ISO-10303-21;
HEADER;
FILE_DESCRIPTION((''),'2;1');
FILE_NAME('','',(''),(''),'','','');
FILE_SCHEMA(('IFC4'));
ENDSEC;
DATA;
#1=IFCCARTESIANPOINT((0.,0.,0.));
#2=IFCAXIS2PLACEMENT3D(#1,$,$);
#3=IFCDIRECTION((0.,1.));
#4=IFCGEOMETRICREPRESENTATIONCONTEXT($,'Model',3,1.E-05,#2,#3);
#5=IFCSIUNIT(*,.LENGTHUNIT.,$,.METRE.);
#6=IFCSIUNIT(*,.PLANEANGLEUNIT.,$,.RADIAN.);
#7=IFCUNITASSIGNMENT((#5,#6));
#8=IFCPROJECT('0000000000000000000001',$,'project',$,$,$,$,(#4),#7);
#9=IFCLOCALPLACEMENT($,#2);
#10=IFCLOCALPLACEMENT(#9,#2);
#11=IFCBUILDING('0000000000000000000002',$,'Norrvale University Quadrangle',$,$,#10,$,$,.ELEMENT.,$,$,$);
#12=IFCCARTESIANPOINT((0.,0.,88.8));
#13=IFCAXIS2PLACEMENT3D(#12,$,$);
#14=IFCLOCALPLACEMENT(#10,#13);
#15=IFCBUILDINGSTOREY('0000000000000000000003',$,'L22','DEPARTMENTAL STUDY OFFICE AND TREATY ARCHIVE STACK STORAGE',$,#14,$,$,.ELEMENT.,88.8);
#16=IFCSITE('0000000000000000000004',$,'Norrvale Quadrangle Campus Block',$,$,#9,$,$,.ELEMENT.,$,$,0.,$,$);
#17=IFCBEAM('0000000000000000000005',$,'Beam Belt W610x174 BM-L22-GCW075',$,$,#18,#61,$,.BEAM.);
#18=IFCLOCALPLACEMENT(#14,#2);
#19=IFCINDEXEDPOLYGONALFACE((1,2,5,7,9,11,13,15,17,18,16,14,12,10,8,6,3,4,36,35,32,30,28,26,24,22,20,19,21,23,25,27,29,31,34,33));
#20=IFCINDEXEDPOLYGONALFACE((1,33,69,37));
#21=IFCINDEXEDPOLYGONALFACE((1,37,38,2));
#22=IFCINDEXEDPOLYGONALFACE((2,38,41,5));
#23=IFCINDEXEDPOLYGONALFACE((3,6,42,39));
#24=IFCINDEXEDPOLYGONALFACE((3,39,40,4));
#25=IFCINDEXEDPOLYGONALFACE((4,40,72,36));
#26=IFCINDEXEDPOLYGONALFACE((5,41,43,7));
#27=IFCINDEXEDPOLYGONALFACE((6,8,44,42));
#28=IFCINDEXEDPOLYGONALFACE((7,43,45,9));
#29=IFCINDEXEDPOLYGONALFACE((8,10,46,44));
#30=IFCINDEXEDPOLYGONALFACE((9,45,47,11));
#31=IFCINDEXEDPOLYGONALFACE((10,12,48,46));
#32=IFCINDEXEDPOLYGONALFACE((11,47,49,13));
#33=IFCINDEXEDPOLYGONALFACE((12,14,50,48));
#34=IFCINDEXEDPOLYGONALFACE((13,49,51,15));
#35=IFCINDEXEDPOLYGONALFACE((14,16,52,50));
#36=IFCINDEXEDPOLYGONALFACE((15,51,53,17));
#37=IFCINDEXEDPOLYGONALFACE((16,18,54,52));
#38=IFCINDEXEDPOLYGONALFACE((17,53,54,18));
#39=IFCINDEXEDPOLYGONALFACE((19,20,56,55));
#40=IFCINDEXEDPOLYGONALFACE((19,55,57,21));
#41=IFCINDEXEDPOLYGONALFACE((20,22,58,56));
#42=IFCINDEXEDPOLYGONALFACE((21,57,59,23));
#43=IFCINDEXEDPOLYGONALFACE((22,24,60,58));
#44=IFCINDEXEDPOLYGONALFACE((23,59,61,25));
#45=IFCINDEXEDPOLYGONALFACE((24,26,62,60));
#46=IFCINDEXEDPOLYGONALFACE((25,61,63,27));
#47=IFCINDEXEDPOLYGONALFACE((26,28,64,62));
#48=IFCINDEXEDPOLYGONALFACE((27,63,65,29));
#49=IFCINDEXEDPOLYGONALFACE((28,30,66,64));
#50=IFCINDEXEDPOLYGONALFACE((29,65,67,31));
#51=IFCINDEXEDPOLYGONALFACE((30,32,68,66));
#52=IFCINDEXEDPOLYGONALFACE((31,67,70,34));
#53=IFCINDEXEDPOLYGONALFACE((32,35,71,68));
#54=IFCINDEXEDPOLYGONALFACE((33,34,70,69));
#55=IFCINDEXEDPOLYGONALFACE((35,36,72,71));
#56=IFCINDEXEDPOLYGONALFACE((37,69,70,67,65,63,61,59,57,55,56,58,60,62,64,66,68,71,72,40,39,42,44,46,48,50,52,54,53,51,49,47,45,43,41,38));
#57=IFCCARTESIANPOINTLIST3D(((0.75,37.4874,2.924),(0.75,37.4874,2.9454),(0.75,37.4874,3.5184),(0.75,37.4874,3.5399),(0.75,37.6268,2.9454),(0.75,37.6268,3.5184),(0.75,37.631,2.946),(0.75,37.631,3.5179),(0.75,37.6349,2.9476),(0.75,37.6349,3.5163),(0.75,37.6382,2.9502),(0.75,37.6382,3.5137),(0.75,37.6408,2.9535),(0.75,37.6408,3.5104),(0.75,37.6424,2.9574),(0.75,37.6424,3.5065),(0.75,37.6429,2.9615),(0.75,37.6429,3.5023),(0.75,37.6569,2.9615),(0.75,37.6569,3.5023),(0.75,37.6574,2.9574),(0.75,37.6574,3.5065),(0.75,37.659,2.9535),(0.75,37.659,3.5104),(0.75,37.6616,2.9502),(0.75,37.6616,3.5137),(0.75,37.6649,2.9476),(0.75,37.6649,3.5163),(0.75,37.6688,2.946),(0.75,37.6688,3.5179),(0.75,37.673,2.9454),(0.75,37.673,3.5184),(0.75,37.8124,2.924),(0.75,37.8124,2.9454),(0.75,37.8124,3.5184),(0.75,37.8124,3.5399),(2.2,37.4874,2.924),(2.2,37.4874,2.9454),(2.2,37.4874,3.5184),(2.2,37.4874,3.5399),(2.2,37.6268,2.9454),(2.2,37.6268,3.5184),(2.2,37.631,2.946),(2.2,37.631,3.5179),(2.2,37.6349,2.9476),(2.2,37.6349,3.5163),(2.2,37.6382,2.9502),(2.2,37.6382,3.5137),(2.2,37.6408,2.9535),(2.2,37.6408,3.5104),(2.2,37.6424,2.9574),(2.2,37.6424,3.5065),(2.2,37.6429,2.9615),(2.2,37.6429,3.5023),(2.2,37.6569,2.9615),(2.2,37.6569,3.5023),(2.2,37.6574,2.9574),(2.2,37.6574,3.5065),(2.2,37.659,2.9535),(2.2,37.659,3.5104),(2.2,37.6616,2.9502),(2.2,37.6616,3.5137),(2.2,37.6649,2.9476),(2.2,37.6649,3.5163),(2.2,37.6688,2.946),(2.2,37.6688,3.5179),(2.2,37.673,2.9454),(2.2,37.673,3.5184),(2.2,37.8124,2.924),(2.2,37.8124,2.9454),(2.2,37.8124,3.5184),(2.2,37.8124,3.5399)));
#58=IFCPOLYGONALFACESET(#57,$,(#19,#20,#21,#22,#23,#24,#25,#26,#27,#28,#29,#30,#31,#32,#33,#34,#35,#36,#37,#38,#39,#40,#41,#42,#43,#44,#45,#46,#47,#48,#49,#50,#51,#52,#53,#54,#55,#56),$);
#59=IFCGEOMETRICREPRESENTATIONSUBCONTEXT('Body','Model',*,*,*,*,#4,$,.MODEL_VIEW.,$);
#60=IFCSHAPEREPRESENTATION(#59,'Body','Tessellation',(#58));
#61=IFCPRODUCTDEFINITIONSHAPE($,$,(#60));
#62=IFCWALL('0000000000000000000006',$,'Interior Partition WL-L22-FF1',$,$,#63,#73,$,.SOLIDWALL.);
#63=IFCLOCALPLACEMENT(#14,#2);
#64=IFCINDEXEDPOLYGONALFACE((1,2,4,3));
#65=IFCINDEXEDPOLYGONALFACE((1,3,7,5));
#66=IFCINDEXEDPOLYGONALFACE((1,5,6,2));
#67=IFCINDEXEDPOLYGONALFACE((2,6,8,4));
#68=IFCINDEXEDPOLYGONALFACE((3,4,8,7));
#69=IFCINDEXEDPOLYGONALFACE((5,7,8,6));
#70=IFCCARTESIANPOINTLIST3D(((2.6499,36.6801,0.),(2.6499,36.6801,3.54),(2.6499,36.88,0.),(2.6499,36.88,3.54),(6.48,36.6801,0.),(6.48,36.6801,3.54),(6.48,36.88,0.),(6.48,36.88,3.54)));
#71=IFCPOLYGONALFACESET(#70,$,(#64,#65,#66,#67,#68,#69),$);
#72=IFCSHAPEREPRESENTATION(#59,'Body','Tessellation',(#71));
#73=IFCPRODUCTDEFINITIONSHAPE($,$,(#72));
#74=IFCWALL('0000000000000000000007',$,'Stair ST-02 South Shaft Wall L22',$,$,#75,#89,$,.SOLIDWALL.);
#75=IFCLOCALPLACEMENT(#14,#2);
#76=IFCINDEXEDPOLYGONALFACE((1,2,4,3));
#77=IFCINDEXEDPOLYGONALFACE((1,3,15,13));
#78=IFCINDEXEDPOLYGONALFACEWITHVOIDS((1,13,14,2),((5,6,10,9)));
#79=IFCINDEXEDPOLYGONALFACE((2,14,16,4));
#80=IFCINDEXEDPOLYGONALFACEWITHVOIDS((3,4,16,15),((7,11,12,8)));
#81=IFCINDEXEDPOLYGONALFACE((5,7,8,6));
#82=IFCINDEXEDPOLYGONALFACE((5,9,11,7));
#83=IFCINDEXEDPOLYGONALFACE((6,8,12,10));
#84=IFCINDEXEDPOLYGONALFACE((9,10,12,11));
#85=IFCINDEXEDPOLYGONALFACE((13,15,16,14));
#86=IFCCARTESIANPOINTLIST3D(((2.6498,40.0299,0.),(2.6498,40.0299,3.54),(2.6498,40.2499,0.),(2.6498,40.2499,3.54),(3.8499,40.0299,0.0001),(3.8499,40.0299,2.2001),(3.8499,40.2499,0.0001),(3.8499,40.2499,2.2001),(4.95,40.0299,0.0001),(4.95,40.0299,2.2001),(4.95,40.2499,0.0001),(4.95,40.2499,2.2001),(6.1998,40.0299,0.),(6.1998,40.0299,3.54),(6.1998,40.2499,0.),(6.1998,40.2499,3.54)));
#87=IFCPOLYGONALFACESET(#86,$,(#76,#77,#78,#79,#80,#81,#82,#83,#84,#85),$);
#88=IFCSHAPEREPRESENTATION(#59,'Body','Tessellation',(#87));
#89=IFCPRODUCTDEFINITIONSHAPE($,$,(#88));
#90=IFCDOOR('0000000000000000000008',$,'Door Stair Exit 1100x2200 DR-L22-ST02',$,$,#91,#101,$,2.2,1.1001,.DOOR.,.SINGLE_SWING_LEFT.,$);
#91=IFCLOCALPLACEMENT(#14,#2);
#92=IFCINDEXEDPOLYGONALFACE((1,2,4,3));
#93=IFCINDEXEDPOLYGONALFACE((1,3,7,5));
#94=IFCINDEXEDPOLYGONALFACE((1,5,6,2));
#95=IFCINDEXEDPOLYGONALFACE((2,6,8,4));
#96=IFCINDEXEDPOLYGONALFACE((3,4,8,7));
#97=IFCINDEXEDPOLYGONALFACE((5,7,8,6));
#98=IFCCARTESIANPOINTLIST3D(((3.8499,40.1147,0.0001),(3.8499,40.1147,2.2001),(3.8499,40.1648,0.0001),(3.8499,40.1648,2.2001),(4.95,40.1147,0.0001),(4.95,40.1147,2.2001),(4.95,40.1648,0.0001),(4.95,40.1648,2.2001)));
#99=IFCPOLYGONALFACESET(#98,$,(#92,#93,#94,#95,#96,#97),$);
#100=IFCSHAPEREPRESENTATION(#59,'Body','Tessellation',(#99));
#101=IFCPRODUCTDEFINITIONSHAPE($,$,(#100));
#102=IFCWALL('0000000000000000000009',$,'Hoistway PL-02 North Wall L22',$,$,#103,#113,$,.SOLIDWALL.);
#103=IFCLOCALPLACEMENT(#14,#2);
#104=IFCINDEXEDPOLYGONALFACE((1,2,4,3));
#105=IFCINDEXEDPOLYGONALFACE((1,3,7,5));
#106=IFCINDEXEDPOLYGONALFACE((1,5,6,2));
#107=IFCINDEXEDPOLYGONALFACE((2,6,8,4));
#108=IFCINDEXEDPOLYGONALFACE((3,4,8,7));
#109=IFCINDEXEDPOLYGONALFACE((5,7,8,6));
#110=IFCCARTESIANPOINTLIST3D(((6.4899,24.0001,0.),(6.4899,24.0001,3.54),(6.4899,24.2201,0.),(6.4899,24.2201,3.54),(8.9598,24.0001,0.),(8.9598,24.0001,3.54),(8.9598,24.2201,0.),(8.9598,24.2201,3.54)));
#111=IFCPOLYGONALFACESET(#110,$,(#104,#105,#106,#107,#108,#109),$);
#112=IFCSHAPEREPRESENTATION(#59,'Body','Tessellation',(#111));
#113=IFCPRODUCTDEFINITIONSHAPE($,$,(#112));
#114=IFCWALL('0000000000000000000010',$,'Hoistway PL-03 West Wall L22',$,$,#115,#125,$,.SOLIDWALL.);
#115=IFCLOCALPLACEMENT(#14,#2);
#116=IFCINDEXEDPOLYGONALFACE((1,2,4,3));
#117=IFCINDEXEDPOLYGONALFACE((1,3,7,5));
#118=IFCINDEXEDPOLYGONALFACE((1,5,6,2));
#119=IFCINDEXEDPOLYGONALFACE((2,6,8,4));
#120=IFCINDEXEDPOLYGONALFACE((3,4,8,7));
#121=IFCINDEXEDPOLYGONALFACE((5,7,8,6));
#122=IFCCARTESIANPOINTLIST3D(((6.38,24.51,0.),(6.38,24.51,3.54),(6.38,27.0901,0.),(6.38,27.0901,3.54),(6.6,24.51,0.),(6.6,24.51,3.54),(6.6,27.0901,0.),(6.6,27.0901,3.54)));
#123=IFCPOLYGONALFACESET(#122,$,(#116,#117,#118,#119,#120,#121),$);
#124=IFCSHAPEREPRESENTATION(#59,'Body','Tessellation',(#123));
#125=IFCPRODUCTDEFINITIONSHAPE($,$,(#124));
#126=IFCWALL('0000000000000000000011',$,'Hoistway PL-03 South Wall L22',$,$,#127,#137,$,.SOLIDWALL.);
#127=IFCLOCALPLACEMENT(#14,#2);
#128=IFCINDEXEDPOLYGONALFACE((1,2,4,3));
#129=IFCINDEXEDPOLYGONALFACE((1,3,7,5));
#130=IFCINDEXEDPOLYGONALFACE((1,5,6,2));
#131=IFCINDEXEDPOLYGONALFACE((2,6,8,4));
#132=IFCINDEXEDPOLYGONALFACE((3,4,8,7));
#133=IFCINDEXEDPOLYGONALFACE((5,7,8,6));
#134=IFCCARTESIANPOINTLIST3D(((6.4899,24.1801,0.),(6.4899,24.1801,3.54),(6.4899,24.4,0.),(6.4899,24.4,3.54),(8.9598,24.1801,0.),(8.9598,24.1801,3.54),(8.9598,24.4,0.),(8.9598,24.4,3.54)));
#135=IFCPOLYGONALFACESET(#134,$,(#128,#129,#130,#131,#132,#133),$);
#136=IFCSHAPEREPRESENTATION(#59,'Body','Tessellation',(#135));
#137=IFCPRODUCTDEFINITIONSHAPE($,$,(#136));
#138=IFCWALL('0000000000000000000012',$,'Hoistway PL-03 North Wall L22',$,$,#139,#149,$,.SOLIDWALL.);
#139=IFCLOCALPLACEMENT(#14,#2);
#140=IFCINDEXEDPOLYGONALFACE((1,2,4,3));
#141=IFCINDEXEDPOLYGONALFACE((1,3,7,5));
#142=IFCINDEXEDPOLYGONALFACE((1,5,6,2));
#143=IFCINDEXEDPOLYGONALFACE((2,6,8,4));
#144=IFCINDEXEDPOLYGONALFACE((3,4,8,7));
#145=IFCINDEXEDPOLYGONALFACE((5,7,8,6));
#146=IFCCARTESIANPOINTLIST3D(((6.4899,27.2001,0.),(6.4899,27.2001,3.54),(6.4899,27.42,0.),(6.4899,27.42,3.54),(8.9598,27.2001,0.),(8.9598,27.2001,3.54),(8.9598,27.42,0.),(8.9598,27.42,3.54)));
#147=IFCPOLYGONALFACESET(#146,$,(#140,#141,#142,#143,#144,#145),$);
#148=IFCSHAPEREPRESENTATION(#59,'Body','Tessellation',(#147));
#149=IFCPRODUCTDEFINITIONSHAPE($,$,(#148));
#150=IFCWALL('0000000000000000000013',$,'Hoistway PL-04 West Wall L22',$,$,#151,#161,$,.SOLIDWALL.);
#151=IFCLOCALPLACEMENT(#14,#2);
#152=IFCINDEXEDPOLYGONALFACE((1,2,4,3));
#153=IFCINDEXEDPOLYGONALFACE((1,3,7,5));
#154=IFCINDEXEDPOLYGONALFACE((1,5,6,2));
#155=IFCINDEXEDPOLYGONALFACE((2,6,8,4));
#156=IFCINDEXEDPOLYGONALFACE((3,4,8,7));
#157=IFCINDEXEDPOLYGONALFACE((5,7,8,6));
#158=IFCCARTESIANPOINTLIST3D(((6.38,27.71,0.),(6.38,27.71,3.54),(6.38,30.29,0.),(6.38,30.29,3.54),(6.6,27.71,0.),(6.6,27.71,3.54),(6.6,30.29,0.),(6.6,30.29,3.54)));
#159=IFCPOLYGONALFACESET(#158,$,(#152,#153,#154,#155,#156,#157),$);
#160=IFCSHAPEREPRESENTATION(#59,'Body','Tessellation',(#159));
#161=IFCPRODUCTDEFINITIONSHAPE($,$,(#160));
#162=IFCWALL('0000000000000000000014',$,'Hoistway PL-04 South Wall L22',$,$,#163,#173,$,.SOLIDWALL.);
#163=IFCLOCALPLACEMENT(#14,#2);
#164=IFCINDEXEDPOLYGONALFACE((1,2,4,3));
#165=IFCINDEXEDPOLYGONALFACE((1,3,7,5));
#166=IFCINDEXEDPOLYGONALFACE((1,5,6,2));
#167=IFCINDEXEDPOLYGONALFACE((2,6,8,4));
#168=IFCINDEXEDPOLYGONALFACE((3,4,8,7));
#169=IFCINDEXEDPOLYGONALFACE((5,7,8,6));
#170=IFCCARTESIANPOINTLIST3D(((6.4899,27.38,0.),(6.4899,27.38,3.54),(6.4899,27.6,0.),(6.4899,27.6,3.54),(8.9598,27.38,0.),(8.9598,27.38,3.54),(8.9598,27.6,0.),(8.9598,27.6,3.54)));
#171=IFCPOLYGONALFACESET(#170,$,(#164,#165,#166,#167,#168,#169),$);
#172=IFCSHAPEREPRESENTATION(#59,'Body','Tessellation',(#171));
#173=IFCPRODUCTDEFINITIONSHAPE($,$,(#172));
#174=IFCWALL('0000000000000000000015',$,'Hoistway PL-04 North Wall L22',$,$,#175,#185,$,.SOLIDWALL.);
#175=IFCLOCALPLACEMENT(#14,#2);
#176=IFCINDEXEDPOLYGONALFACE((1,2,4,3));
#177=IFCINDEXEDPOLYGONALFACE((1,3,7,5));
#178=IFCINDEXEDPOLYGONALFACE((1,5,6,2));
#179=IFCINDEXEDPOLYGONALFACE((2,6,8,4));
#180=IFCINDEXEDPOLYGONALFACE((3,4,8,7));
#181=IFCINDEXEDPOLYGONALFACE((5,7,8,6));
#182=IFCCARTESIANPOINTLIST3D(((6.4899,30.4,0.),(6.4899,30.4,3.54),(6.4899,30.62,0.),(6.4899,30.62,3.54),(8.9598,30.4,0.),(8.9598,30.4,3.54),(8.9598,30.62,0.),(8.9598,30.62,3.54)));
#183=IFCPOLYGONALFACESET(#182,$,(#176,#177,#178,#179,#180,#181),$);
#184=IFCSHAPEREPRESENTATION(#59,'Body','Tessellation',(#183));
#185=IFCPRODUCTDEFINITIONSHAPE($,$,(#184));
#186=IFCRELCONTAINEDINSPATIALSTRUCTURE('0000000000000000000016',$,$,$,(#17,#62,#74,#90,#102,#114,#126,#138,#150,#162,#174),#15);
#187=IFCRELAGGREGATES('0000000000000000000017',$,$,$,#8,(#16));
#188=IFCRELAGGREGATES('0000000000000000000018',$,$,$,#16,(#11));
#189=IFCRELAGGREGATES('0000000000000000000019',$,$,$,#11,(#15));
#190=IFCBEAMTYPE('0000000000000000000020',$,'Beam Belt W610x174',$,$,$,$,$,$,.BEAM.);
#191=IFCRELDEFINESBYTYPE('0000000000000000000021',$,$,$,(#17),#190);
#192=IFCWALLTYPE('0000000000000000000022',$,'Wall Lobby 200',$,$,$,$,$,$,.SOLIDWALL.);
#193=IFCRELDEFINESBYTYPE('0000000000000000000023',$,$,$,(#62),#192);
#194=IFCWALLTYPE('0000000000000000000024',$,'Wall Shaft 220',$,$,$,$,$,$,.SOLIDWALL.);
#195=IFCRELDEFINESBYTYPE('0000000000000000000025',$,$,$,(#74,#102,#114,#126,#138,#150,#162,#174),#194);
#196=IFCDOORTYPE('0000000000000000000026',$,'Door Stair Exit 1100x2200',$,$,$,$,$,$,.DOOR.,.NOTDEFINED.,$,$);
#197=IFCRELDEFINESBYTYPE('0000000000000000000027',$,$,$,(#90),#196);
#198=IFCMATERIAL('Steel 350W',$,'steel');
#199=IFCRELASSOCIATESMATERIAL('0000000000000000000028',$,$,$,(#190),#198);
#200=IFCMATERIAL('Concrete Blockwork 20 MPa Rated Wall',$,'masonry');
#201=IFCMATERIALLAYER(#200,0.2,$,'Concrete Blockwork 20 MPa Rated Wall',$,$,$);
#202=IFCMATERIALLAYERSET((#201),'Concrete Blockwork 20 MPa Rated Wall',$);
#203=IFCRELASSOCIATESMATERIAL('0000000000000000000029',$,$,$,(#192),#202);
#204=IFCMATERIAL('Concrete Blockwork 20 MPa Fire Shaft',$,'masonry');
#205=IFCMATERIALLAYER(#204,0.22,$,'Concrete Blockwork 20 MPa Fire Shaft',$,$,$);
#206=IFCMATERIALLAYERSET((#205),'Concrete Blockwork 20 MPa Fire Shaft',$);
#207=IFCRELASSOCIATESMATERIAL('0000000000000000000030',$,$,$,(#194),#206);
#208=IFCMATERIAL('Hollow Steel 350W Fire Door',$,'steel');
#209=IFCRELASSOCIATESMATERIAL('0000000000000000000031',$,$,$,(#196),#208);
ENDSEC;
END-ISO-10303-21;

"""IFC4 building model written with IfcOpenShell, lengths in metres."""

from ifc_helpers import new_model, si_unit, direction, frame, frame_2d, origin, origin_2d, place, context, subcontext, project, spatial, rectangle, i_section, extrude, material, layer, layer_set, material_profile, profile_set, type_object, element, fill, save


model = new_model("IFC4")

# Units and contexts
model_context = context("Model", 3, precision=1e-05, world=origin(), true_north=direction((0.0, 1.0)))
body_context = subcontext(model_context, "Body", "Model", "MODEL_VIEW")
ifc_project = project(units=[si_unit("LENGTHUNIT", "METRE"), si_unit("PLANEANGLEUNIT", "RADIAN")], contexts=[model_context])

# Site, building, storey
site_placement = place(None, origin())
site = spatial("IfcSite", under=ifc_project, at=site_placement, Name="Norrvale Quadrangle Campus Block", CompositionType="ELEMENT", RefElevation=0.0)
building_placement = place(site_placement, origin())
building = spatial("IfcBuilding", under=site, at=building_placement, Name="Norrvale University Quadrangle", CompositionType="ELEMENT")
storey_placement = place(building_placement, frame((0.0, 0.0, 88.8)))
storey = spatial("IfcBuildingStorey", under=building, at=storey_placement, Name="L22", Description="DEPARTMENTAL STUDY OFFICE AND TREATY ARCHIVE STACK STORAGE", CompositionType="ELEMENT", Elevation=88.8)

# Beam
ifc_material_1 = material(Name="Steel 350W", Category="steel")
ifc_material_profile_1 = material_profile(ifc_material_1, i_section(OverallWidth=0.325, OverallDepth=0.616, WebThickness=0.0139, FlangeThickness=0.0215, FilletRadius=0.0161, at=origin_2d()), Name="Steel 350W")
ifc_profile_set_1 = profile_set([ifc_material_profile_1], Name="Steel 350W")
beam_type = type_object("IfcBeamType", Name="Beam Belt W610x174", PredefinedType="BEAM", material=ifc_profile_set_1)
for number, where, z_axis, x_axis, name in (
    (1, (0.75, 37.6499, 3.2319), (1.0, 0.0, 0.0), (0.0, 1.0, 0.0), "Beam Belt W610x174 BM-L22-GCW075"),
):
    element("IfcBeam", number, at=place(storey_placement, frame(where, z_axis=z_axis, x_axis=x_axis)), inside=storey, type_object=beam_type, Name=name, PredefinedType="BEAM", context=body_context, shape_type="SweptSolid", body=[
        extrude(i_section(OverallWidth=0.325, OverallDepth=0.616, WebThickness=0.0139, FlangeThickness=0.0215, FilletRadius=0.0161, at=origin_2d()), origin(), (0.0, 0.0, 1.0), 1.45),
    ])

# Wall
ifc_material_2 = material(Name="Concrete Blockwork 20 MPa Rated Wall", Category="masonry")
ifc_layer_1 = layer(ifc_material_2, 0.2, Name="Concrete Blockwork 20 MPa Rated Wall")
ifc_layer_set_1 = layer_set([ifc_layer_1], Name="Concrete Blockwork 20 MPa Rated Wall")
wall_type_1 = type_object("IfcWallType", Name="Wall Lobby 200", PredefinedType="SOLIDWALL", material=ifc_layer_set_1)
wall_1_placement = place(storey_placement, frame((2.6499, 36.78, 0.0), z_axis=(0.0, 0.0, 1.0), x_axis=(1.0, 0.0, 0.0)))
element("IfcWall", 2, at=wall_1_placement, inside=storey, type_object=wall_type_1, Name="Interior Partition WL-L22-FF1", PredefinedType="SOLIDWALL", context=body_context, shape_type="SweptSolid", body=[
    extrude(rectangle(XDim=3.8301, YDim=0.2, at=frame_2d((1.915, 0.0))), origin(), (0.0, 0.0, 1.0), 3.54),
])

# Wall, opening, door
ifc_material_3 = material(Name="Concrete Blockwork 20 MPa Fire Shaft", Category="masonry")
ifc_layer_2 = layer(ifc_material_3, 0.22, Name="Concrete Blockwork 20 MPa Fire Shaft")
ifc_layer_set_2 = layer_set([ifc_layer_2], Name="Concrete Blockwork 20 MPa Fire Shaft")
wall_type_2 = type_object("IfcWallType", Name="Wall Shaft 220", PredefinedType="SOLIDWALL", material=ifc_layer_set_2)
wall_2_placement = place(storey_placement, frame((2.6499, 40.1399, 0.0), z_axis=(0.0, 0.0, 1.0), x_axis=(1.0, 0.0, 0.0)))
wall_2 = element("IfcWall", 3, at=wall_2_placement, inside=storey, type_object=wall_type_2, Name="Stair ST-02 South Shaft Wall L22", PredefinedType="SOLIDWALL", context=body_context, shape_type="SweptSolid", body=[
    extrude(rectangle(XDim=3.55, YDim=0.22, at=frame_2d((1.7749, 0.0))), origin(), (0.0, 0.0, 1.0), 3.54),
])
opening_1_placement = place(wall_2_placement, frame((1.2, 0.0, 0.0)))
opening_1 = element("IfcOpeningElement", 4, at=opening_1_placement, cuts=wall_2, PredefinedType="OPENING", context=body_context, shape_type="SweptSolid", body=[
    extrude(rectangle(XDim=1.1001, YDim=2.2, at=frame_2d((0.55, 1.1001))), frame((0.0, 0.1221, 0.0), z_axis=(0.0, -1.0, 0.0), x_axis=(1.0, 0.0, 0.0)), (0.0, 0.0, 1.0), 0.2439),
])
ifc_material_4 = material(Name="Hollow Steel 350W Fire Door", Category="steel")
door_type_1 = type_object("IfcDoorType", Name="Door Stair Exit 1100x2200", OperationType="NOTDEFINED", PredefinedType="DOOR", material=ifc_material_4)
door_1_placement = place(opening_1_placement, origin())
door_1 = element("IfcDoor", 5, at=door_1_placement, inside=storey, type_object=door_type_1, Name="Door Stair Exit 1100x2200 DR-L22-ST02", OperationType="SINGLE_SWING_LEFT", OverallHeight=2.2, OverallWidth=1.1001, PredefinedType="DOOR", context=body_context, shape_type="SweptSolid", body=[
    extrude(rectangle(XDim=1.1001, YDim=2.2, at=frame_2d((0.55, 1.1001))), frame((0.0, 0.0249, 0.0), z_axis=(0.0, -1.0, 0.0), x_axis=(1.0, 0.0, 0.0)), (0.0, 0.0, 1.0), 0.05),
])
fill(opening_1, door_1)

# Walls
wall_3_placement = place(storey_placement, frame((6.49, 24.1101, 0.0), z_axis=(0.0, 0.0, 1.0), x_axis=(1.0, 0.0, 0.0)))
element("IfcWall", 6, at=wall_3_placement, inside=storey, type_object=wall_type_2, Name="Hoistway PL-02 North Wall L22", PredefinedType="SOLIDWALL", context=body_context, shape_type="SweptSolid", body=[
    extrude(rectangle(XDim=2.47, YDim=0.22, at=frame_2d((1.2349, 0.0))), origin(), (0.0, 0.0, 1.0), 3.54),
])
wall_4_placement = place(storey_placement, frame((6.49, 24.51, 0.0), z_axis=(0.0, 0.0, 1.0), x_axis=(0.0, 1.0, 0.0)))
element("IfcWall", 7, at=wall_4_placement, inside=storey, type_object=wall_type_2, Name="Hoistway PL-03 West Wall L22", PredefinedType="SOLIDWALL", context=body_context, shape_type="SweptSolid", body=[
    extrude(rectangle(XDim=2.5801, YDim=0.22, at=frame_2d((1.29, 0.0))), origin(), (0.0, 0.0, 1.0), 3.54),
])
for number, where, z_axis, x_axis, name in (
    (8, (6.49, 24.29, 0.0), (0.0, 0.0, 1.0), (1.0, 0.0, 0.0), "Hoistway PL-03 South Wall L22"),
    (9, (6.49, 27.3101, 0.0), (0.0, 0.0, 1.0), (1.0, 0.0, 0.0), "Hoistway PL-03 North Wall L22"),
):
    element("IfcWall", number, at=place(storey_placement, frame(where, z_axis=z_axis, x_axis=x_axis)), inside=storey, type_object=wall_type_2, Name=name, PredefinedType="SOLIDWALL", context=body_context, shape_type="SweptSolid", body=[
        extrude(rectangle(XDim=2.47, YDim=0.22, at=frame_2d((1.2349, 0.0))), origin(), (0.0, 0.0, 1.0), 3.54),
    ])
wall_5_placement = place(storey_placement, frame((6.49, 27.71, 0.0), z_axis=(0.0, 0.0, 1.0), x_axis=(0.0, 1.0, 0.0)))
element("IfcWall", 10, at=wall_5_placement, inside=storey, type_object=wall_type_2, Name="Hoistway PL-04 West Wall L22", PredefinedType="SOLIDWALL", context=body_context, shape_type="SweptSolid", body=[
    extrude(rectangle(XDim=2.5801, YDim=0.22, at=frame_2d((1.29, 0.0))), origin(), (0.0, 0.0, 1.0), 3.54),
])
for number, where, z_axis, x_axis, name in (
    (11, (6.49, 27.49, 0.0), (0.0, 0.0, 1.0), (1.0, 0.0, 0.0), "Hoistway PL-04 South Wall L22"),
    (12, (6.49, 30.51, 0.0), (0.0, 0.0, 1.0), (1.0, 0.0, 0.0), "Hoistway PL-04 North Wall L22"),
):
    element("IfcWall", number, at=place(storey_placement, frame(where, z_axis=z_axis, x_axis=x_axis)), inside=storey, type_object=wall_type_2, Name=name, PredefinedType="SOLIDWALL", context=body_context, shape_type="SweptSolid", body=[
        extrude(rectangle(XDim=2.47, YDim=0.22, at=frame_2d((1.2349, 0.0))), origin(), (0.0, 0.0, 1.0), 3.54),
    ])

save(model, "model.ifc")
